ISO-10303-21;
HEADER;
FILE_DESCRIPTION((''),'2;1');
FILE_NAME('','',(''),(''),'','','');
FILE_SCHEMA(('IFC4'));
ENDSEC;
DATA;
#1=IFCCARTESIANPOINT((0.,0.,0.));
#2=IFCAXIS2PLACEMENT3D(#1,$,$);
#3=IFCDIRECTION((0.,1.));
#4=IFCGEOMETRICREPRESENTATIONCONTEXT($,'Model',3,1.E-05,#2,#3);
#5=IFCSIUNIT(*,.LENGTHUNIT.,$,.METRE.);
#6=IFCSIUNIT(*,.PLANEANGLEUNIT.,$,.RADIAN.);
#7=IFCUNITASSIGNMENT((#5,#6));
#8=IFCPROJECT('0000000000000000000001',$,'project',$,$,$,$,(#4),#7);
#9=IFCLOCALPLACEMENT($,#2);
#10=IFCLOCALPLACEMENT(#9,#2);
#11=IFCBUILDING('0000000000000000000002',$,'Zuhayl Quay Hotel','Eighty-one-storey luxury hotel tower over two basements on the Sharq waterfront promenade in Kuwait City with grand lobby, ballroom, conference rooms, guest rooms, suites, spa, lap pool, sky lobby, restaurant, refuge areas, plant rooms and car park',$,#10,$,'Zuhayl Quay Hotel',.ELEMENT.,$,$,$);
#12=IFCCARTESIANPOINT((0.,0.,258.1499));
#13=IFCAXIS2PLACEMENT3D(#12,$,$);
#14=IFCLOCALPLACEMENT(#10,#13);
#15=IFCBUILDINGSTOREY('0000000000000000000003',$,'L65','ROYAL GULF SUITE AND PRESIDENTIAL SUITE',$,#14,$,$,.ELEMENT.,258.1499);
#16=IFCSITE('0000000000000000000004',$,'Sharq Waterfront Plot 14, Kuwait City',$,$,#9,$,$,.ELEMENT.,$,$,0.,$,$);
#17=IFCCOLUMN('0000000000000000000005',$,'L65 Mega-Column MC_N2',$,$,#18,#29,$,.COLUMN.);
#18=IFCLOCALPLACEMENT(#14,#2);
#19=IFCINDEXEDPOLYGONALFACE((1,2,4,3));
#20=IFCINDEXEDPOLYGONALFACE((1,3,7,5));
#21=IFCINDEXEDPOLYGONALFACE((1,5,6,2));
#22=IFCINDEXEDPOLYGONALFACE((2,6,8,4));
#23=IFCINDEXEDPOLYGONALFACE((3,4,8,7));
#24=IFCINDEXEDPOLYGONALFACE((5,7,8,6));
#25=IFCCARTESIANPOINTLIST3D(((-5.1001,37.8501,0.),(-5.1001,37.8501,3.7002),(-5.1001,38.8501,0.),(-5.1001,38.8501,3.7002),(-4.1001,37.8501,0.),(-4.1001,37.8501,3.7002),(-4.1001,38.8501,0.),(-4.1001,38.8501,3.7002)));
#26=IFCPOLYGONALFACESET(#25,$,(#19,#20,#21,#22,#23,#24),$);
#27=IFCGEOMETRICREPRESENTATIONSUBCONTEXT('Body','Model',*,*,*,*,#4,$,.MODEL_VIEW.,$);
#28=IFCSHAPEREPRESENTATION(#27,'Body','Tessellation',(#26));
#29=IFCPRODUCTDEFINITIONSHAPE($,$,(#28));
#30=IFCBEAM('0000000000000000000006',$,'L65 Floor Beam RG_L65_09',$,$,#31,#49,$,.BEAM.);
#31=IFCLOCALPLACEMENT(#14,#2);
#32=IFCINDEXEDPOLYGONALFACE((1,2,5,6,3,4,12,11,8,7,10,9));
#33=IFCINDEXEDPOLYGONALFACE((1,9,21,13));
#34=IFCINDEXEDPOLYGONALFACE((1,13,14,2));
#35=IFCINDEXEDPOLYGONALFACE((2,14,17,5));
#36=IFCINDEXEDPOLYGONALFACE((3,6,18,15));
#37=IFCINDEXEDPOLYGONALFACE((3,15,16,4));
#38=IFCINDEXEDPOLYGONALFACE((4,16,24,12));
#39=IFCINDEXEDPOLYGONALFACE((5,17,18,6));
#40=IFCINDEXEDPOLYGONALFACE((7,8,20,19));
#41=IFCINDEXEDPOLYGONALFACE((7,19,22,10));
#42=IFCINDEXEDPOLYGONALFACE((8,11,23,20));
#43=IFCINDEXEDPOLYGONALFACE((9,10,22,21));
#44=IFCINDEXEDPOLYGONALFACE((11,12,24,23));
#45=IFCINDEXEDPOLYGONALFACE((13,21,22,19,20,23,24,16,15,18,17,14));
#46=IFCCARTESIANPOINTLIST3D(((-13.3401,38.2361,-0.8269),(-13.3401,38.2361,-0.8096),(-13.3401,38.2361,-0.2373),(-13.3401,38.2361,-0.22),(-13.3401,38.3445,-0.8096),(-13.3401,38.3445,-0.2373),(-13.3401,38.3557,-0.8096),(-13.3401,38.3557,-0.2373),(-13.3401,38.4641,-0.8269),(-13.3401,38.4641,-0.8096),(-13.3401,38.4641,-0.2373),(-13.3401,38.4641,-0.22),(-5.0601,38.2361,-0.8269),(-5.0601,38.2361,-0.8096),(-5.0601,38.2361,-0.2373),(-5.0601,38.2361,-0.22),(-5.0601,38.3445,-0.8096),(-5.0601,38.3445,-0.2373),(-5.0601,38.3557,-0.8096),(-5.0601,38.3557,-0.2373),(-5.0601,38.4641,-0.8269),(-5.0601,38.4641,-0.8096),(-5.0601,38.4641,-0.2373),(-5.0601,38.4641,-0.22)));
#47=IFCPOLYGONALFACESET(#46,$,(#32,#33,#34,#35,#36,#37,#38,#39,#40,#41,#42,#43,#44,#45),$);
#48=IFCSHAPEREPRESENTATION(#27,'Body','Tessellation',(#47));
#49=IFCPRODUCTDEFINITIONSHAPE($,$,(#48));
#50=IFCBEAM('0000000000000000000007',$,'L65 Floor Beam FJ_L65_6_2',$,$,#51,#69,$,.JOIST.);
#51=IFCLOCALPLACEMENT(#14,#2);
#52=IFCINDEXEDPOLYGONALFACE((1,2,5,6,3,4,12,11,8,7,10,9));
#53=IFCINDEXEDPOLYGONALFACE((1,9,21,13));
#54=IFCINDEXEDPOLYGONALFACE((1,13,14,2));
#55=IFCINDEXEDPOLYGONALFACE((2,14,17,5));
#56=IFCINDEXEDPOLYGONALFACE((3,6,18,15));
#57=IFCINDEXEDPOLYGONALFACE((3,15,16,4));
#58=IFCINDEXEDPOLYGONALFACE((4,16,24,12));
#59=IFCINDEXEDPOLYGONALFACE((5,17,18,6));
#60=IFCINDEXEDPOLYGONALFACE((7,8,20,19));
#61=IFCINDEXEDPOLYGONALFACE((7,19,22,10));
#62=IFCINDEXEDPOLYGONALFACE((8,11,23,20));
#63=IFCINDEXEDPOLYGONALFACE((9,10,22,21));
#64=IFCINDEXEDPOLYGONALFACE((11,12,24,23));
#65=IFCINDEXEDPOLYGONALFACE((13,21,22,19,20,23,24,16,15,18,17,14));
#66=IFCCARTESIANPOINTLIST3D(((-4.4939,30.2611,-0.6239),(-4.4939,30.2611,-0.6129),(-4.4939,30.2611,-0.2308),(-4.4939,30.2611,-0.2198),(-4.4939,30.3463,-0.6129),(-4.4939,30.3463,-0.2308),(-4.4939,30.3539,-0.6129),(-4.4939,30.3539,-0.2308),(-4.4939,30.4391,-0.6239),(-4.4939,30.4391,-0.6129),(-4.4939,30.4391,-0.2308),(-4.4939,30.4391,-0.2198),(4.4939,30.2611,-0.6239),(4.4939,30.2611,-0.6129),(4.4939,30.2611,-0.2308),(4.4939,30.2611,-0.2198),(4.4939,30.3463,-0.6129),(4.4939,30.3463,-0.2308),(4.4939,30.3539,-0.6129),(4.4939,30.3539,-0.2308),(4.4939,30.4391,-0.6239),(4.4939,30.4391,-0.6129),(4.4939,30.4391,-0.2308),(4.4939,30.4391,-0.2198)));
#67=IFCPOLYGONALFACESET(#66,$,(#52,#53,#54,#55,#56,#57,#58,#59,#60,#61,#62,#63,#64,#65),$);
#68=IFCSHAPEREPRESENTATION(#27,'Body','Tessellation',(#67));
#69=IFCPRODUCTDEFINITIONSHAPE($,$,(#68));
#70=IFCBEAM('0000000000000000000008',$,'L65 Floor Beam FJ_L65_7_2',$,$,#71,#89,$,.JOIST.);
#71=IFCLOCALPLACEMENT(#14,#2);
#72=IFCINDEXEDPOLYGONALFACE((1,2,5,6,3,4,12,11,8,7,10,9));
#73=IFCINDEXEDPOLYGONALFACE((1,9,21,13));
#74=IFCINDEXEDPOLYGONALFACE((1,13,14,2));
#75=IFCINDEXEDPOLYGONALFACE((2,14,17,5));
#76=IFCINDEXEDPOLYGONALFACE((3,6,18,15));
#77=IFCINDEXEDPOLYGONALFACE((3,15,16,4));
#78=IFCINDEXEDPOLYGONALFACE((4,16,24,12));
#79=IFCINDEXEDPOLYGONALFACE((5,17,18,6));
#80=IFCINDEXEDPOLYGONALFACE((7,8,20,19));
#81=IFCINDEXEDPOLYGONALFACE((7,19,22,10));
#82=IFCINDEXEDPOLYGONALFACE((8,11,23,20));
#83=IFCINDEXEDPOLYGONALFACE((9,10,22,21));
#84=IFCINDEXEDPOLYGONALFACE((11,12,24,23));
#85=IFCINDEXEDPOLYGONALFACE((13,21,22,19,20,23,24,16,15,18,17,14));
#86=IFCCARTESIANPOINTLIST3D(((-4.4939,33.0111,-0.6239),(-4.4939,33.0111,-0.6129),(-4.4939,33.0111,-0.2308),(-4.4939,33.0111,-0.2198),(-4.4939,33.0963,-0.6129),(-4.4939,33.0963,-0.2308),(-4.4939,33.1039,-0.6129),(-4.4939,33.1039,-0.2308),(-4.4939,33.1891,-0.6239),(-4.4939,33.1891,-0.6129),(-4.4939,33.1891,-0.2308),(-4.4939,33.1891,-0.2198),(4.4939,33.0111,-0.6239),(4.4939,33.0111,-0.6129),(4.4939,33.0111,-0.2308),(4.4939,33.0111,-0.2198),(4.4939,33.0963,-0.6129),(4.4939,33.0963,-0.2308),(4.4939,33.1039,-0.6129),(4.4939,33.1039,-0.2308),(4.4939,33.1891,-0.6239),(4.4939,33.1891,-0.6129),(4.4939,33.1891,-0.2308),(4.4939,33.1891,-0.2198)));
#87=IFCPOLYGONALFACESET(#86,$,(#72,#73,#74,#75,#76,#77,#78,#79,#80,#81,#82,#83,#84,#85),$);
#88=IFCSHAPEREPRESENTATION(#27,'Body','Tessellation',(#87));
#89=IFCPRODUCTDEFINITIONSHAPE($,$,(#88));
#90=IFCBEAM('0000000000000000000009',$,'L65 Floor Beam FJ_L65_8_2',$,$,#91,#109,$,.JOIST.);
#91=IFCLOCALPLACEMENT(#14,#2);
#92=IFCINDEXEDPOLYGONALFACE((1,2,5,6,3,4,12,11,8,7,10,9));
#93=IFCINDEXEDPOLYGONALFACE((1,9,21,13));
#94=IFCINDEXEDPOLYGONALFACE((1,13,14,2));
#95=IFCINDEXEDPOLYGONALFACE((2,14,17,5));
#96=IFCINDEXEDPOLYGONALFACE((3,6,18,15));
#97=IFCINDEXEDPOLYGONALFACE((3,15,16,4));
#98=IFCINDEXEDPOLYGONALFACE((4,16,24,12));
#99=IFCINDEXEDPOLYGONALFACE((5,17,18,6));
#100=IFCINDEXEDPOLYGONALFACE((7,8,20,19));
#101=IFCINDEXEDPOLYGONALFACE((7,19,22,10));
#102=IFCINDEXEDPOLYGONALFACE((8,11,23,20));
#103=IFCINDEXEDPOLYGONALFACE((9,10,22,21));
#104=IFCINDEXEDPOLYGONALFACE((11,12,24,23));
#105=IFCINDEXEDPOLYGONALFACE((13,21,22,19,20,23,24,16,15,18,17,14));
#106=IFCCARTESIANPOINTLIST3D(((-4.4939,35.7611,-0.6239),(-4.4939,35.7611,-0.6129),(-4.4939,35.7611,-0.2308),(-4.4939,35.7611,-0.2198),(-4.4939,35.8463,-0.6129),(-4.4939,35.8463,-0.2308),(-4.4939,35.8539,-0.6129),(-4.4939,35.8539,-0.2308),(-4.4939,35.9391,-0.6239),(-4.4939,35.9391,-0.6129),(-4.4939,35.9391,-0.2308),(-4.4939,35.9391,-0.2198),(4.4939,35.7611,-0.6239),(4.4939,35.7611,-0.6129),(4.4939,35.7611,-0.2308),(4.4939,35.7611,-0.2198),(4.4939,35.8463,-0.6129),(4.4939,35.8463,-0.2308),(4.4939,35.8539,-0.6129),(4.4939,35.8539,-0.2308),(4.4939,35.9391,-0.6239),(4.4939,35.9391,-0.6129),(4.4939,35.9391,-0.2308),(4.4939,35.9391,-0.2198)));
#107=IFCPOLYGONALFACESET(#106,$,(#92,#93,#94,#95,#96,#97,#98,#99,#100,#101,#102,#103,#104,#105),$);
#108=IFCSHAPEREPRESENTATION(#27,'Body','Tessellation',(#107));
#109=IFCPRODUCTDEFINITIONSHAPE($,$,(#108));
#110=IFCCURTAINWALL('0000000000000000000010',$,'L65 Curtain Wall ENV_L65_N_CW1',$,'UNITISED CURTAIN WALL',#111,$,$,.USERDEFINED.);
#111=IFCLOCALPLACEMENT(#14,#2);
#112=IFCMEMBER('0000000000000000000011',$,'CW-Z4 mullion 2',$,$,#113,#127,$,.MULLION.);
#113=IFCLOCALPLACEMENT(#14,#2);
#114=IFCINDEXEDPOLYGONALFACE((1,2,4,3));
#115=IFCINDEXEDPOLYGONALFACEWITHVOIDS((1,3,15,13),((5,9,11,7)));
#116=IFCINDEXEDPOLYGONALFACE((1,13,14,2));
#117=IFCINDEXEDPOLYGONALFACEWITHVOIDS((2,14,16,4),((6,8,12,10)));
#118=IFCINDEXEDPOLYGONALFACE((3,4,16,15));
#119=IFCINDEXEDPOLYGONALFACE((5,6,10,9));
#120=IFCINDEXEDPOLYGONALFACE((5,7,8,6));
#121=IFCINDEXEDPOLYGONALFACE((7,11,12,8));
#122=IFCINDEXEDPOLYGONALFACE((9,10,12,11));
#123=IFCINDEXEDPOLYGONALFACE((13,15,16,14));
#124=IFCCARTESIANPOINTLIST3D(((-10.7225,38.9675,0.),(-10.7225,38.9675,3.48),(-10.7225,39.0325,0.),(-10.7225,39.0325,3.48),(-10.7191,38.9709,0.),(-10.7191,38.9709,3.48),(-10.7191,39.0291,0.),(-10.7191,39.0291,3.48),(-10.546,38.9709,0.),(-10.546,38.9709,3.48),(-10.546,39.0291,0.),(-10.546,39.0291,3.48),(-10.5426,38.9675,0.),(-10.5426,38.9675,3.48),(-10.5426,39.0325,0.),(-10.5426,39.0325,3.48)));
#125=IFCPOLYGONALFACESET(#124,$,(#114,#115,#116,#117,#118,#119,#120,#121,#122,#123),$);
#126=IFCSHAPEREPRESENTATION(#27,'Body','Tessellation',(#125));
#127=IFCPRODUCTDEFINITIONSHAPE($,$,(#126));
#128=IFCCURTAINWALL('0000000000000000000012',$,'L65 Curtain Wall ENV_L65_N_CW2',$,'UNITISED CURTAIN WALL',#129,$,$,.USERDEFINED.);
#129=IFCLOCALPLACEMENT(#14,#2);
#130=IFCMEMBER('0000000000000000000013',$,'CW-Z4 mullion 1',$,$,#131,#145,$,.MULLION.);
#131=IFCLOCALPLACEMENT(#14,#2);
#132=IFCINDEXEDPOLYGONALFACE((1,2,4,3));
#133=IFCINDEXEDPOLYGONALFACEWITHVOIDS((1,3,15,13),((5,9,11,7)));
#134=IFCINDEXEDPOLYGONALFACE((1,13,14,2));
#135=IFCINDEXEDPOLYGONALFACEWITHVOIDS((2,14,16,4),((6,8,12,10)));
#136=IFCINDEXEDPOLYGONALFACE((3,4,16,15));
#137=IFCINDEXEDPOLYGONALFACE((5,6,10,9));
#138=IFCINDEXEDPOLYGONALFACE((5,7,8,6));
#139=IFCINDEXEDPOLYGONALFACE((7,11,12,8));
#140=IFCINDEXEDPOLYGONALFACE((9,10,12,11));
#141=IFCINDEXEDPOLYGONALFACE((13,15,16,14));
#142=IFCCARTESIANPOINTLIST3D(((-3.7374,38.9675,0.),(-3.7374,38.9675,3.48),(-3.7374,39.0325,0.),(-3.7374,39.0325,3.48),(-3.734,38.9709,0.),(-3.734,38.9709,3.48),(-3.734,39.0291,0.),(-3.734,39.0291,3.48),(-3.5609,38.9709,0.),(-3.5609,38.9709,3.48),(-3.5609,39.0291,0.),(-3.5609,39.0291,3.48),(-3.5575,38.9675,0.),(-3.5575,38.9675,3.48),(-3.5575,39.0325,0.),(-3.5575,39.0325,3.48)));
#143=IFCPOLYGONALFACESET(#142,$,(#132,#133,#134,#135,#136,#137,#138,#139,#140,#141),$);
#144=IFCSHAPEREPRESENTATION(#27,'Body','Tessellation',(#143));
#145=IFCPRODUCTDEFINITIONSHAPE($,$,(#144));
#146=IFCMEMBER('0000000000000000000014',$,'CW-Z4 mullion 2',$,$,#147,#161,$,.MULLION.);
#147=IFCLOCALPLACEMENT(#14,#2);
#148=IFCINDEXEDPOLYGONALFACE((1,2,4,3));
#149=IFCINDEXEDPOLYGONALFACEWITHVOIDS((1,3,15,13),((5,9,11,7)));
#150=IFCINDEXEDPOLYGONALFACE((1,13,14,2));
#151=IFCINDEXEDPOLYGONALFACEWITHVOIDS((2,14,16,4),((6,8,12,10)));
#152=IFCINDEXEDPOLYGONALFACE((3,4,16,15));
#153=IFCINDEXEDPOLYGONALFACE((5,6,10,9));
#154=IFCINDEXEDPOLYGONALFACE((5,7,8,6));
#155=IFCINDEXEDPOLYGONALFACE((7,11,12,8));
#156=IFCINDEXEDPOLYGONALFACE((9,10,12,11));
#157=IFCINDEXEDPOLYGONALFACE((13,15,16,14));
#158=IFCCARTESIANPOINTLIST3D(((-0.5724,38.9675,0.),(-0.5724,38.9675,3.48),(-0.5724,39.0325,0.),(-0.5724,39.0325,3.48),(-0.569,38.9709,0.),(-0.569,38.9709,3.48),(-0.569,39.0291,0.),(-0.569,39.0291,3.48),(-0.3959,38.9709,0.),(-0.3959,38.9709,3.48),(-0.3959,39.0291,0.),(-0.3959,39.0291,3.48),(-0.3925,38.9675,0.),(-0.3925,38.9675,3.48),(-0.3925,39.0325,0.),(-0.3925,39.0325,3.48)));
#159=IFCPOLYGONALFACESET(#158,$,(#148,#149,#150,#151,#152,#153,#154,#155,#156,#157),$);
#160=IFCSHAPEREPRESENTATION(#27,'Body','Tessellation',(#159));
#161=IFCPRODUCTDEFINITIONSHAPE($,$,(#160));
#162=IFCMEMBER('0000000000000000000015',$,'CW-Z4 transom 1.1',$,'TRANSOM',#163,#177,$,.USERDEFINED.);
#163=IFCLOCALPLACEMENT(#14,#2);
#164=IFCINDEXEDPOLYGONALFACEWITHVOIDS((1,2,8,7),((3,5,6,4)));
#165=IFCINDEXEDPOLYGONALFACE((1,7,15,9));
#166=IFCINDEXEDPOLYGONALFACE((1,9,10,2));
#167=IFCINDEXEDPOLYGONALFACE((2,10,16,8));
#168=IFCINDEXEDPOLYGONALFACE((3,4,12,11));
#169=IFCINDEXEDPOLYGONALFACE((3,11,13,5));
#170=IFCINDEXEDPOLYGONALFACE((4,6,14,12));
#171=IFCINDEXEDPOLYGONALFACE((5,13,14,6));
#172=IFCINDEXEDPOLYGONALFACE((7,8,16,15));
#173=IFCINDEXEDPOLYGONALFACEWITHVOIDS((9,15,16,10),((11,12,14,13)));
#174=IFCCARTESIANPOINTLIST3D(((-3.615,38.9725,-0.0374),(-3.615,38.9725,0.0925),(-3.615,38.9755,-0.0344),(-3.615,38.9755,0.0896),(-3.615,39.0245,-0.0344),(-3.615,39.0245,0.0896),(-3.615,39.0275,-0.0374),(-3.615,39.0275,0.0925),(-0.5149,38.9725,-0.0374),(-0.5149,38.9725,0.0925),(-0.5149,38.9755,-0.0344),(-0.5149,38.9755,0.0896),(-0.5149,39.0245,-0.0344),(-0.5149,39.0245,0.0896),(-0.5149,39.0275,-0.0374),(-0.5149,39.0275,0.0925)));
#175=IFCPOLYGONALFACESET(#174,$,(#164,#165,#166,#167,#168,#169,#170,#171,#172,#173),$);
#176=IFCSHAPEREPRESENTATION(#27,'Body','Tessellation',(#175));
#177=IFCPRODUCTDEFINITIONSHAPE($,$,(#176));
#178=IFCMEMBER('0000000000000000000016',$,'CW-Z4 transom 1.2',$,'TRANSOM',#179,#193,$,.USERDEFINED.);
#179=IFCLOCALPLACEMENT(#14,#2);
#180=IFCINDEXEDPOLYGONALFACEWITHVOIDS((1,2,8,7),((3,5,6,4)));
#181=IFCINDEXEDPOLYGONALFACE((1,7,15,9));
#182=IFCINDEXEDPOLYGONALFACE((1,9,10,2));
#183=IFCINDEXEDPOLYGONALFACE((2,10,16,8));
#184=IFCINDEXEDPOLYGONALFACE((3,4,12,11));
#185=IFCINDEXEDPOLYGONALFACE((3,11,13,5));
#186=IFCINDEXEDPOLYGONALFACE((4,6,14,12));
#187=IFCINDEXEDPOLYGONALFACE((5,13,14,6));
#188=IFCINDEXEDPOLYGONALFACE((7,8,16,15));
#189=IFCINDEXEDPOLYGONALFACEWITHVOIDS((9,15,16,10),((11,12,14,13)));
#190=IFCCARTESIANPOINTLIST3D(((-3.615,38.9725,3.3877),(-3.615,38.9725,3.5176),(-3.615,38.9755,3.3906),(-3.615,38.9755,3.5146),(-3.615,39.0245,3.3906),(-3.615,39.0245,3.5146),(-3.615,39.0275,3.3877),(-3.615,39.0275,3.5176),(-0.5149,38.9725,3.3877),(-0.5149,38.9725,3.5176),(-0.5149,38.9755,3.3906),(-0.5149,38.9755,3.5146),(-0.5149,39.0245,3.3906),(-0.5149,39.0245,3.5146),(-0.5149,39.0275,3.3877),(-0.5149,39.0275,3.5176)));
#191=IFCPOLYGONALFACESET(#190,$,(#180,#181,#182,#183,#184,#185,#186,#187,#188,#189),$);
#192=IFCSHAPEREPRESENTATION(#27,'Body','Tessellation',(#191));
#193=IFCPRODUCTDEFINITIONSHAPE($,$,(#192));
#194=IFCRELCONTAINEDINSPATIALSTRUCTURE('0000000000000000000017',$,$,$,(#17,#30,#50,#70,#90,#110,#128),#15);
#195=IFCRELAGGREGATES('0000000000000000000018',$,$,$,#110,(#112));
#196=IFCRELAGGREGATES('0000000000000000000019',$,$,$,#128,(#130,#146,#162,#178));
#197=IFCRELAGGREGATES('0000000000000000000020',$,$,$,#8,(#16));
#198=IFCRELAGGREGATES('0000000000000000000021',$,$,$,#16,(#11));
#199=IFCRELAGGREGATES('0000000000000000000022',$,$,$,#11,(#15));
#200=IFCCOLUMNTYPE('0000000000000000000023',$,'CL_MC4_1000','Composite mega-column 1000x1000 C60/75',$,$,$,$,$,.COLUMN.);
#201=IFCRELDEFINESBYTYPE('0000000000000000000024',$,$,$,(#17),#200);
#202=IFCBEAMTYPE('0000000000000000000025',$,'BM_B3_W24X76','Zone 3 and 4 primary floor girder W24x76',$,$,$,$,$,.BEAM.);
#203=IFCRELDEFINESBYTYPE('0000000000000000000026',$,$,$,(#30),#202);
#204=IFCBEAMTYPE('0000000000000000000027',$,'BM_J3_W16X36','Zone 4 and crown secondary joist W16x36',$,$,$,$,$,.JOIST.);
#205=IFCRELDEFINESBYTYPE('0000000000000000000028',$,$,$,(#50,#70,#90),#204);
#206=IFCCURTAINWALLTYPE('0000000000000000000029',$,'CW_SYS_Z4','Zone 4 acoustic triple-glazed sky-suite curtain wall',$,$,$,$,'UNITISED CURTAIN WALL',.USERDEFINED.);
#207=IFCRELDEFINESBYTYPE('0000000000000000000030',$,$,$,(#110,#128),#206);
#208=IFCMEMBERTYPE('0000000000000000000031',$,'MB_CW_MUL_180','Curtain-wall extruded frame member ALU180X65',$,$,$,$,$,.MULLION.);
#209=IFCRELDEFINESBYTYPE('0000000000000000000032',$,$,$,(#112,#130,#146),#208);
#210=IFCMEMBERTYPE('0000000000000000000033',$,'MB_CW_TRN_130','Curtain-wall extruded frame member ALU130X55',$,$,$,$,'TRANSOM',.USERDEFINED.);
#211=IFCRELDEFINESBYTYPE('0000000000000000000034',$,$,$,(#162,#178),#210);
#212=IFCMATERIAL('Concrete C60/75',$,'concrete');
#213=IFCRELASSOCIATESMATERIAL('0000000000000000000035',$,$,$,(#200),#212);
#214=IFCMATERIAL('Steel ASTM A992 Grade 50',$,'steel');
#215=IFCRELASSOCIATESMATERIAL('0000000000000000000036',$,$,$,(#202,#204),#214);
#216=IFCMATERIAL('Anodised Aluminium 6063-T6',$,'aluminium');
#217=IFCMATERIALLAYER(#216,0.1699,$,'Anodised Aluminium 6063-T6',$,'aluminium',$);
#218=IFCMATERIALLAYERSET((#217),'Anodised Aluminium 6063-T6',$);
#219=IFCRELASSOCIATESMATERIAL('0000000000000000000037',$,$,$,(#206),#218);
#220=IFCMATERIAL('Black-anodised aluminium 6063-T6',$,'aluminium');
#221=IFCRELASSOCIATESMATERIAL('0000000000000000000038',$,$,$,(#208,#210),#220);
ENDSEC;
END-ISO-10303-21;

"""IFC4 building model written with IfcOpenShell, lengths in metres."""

from ifc_helpers import new_model, si_unit, direction, frame, origin, origin_2d, place, context, subcontext, project, spatial, rectangle, hollow_rectangle, i_section, extrude, material, layer, layer_set, material_profile, profile_set, type_object, element, aggregate, save


model = new_model("IFC4")

# Units and contexts
model_context = context("Model", 3, precision=1e-05, world=origin(), true_north=direction((0.0, 1.0)))
body_context = subcontext(model_context, "Body", "Model", "MODEL_VIEW")
ifc_project = project(units=[si_unit("LENGTHUNIT", "METRE"), si_unit("PLANEANGLEUNIT", "RADIAN")], contexts=[model_context])

# Site, building, storey
site_placement = place(None, origin())
site = spatial("IfcSite", under=ifc_project, at=site_placement, Name="Sharq Waterfront Plot 14, Kuwait City", CompositionType="ELEMENT", RefElevation=0.0)
building_placement = place(site_placement, origin())
building = spatial("IfcBuilding", under=site, at=building_placement, Name="Zuhayl Quay Hotel", Description="Eighty-one-storey luxury hotel tower over two basements on the Sharq waterfront promenade in Kuwait City with grand lobby, ballroom, conference rooms, guest rooms, suites, spa, lap pool, sky lobby, restaurant, refuge areas, plant rooms and car park", LongName="Zuhayl Quay Hotel", CompositionType="ELEMENT")
storey_placement = place(building_placement, frame((0.0, 0.0, 258.1499)))
storey = spatial("IfcBuildingStorey", under=building, at=storey_placement, Name="L65", Description="ROYAL GULF SUITE AND PRESIDENTIAL SUITE", CompositionType="ELEMENT", Elevation=258.1499)

# Column
ifc_material_1 = material(Name="Concrete C60/75", Category="concrete")
ifc_material_profile_1 = material_profile(ifc_material_1, rectangle(XDim=1.0, YDim=1.0, at=origin_2d()), Name="RC1000X1000")
ifc_profile_set_1 = profile_set([ifc_material_profile_1], Name="Concrete C60/75")
column_type = type_object("IfcColumnType", Name="CL_MC4_1000", Description="Composite mega-column 1000x1000 C60/75", PredefinedType="COLUMN", material=ifc_profile_set_1)
column_placement = place(storey_placement, frame((-4.6001, 38.3501, 0.0), z_axis=(0.0, 0.0, 1.0), x_axis=(1.0, 0.0, 0.0)))
element("IfcColumn", 1, at=column_placement, inside=storey, type_object=column_type, Name="L65 Mega-Column MC_N2", PredefinedType="COLUMN", context=body_context, shape_type="SweptSolid", body=[
    extrude(rectangle(XDim=1.0, YDim=1.0, at=origin_2d()), origin(), (0.0, 0.0, 1.0), 3.7002),
])

# Beams
ifc_material_2 = material(Name="Steel ASTM A992 Grade 50", Category="steel")
ifc_material_profile_2 = material_profile(ifc_material_2, i_section(OverallWidth=0.228, OverallDepth=0.6069, WebThickness=0.0112, FlangeThickness=0.0173, at=origin_2d()), Name="W24X76")
ifc_profile_set_2 = profile_set([ifc_material_profile_2], Name="Steel ASTM A992 Grade 50")
beam_type_1 = type_object("IfcBeamType", Name="BM_B3_W24X76", Description="Zone 3 and 4 primary floor girder W24x76", PredefinedType="BEAM", material=ifc_profile_set_2)
beam_placement = place(storey_placement, frame((-5.0601, 38.3501, -0.5234), z_axis=(-1.0, 0.0, 0.0), x_axis=(0.0, -1.0, 0.0)))
element("IfcBeam", 2, at=beam_placement, inside=storey, type_object=beam_type_1, Name="L65 Floor Beam RG_L65_09", PredefinedType="BEAM", context=body_context, shape_type="SweptSolid", body=[
    extrude(i_section(OverallWidth=0.228, OverallDepth=0.6069, WebThickness=0.0112, FlangeThickness=0.0173, at=origin_2d()), origin(), (0.0, 0.0, 1.0), 8.28),
])
ifc_material_profile_3 = material_profile(ifc_material_2, i_section(OverallWidth=0.178, OverallDepth=0.4041, WebThickness=0.0076, FlangeThickness=0.011, at=origin_2d()), Name="W16X36")
ifc_profile_set_3 = profile_set([ifc_material_profile_3], Name="Steel ASTM A992 Grade 50")
beam_type_2 = type_object("IfcBeamType", Name="BM_J3_W16X36", Description="Zone 4 and crown secondary joist W16x36", PredefinedType="JOIST", material=ifc_profile_set_3)
for number, where, z_axis, x_axis, name in (
    (3, (-4.4939, 30.3501, -0.4219), (1.0, 0.0, 0.0), (0.0, 1.0, 0.0), "L65 Floor Beam FJ_L65_6_2"),
    (4, (-4.4939, 33.1001, -0.4219), (1.0, 0.0, 0.0), (0.0, 1.0, 0.0), "L65 Floor Beam FJ_L65_7_2"),
    (5, (-4.4939, 35.8501, -0.4219), (1.0, 0.0, 0.0), (0.0, 1.0, 0.0), "L65 Floor Beam FJ_L65_8_2"),
):
    element("IfcBeam", number, at=place(storey_placement, frame(where, z_axis=z_axis, x_axis=x_axis)), inside=storey, type_object=beam_type_2, Name=name, PredefinedType="JOIST", context=body_context, shape_type="SweptSolid", body=[
        extrude(i_section(OverallWidth=0.178, OverallDepth=0.4041, WebThickness=0.0076, FlangeThickness=0.011, at=origin_2d()), origin(), (0.0, 0.0, 1.0), 8.9878),
    ])

# Curtain wall, member
ifc_material_3 = material(Name="Anodised Aluminium 6063-T6", Category="aluminium")
ifc_layer_1 = layer(ifc_material_3, 0.1699, Name="Anodised Aluminium 6063-T6", Category="aluminium")
ifc_layer_set_1 = layer_set([ifc_layer_1], Name="Anodised Aluminium 6063-T6")
curtain_wall_type = type_object("IfcCurtainWallType", Name="CW_SYS_Z4", Description="Zone 4 acoustic triple-glazed sky-suite curtain wall", ElementType="UNITISED CURTAIN WALL", PredefinedType="USERDEFINED", material=ifc_layer_set_1)
curtain_wall_1_placement = place(storey_placement, origin())
curtain_wall_1 = element("IfcCurtainWall", 6, at=curtain_wall_1_placement, inside=storey, type_object=curtain_wall_type, Name="L65 Curtain Wall ENV_L65_N_CW1", ObjectType="UNITISED CURTAIN WALL", PredefinedType="USERDEFINED")
ifc_material_4 = material(Name="Black-anodised aluminium 6063-T6", Category="aluminium")
ifc_material_profile_4 = material_profile(ifc_material_4, hollow_rectangle(XDim=0.0649, YDim=0.1799, WallThickness=0.0034, at=origin_2d()), Name="ALU180X65")
ifc_profile_set_4 = profile_set([ifc_material_profile_4], Name="Black-anodised aluminium 6063-T6")
member_type_1 = type_object("IfcMemberType", Name="MB_CW_MUL_180", Description="Curtain-wall extruded frame member ALU180X65", PredefinedType="MULLION", material=ifc_profile_set_4)
member_1_placement = place(storey_placement, frame((-10.6326, 39.0, 0.0), z_axis=(0.0, 0.0, 1.0), x_axis=(0.0, 1.0, 0.0)))
member_1 = element("IfcMember", 7, at=member_1_placement, type_object=member_type_1, Name="CW-Z4 mullion 2", PredefinedType="MULLION", context=body_context, shape_type="SweptSolid", body=[
    extrude(hollow_rectangle(XDim=0.0649, YDim=0.1799, WallThickness=0.0034, at=origin_2d()), origin(), (0.0, 0.0, 1.0), 3.48),
])

# Curtain wall, members
curtain_wall_2_placement = place(storey_placement, origin())
curtain_wall_2 = element("IfcCurtainWall", 8, at=curtain_wall_2_placement, inside=storey, type_object=curtain_wall_type, Name="L65 Curtain Wall ENV_L65_N_CW2", ObjectType="UNITISED CURTAIN WALL", PredefinedType="USERDEFINED")
member_2_placement = place(storey_placement, frame((-3.6475, 39.0, 0.0), z_axis=(0.0, 0.0, 1.0), x_axis=(0.0, 1.0, 0.0)))
member_2 = element("IfcMember", 9, at=member_2_placement, type_object=member_type_1, Name="CW-Z4 mullion 1", PredefinedType="MULLION", context=body_context, shape_type="SweptSolid", body=[
    extrude(hollow_rectangle(XDim=0.0649, YDim=0.1799, WallThickness=0.0034, at=origin_2d()), origin(), (0.0, 0.0, 1.0), 3.48),
])
member_3_placement = place(storey_placement, frame((-0.4824, 39.0, 0.0), z_axis=(0.0, 0.0, 1.0), x_axis=(0.0, 1.0, 0.0)))
member_3 = element("IfcMember", 10, at=member_3_placement, type_object=member_type_1, Name="CW-Z4 mullion 2", PredefinedType="MULLION", context=body_context, shape_type="SweptSolid", body=[
    extrude(hollow_rectangle(XDim=0.0649, YDim=0.1799, WallThickness=0.0034, at=origin_2d()), origin(), (0.0, 0.0, 1.0), 3.48),
])
ifc_material_profile_5 = material_profile(ifc_material_4, hollow_rectangle(XDim=0.0549, YDim=0.1299, WallThickness=0.0029, at=origin_2d()), Name="ALU130X55")
ifc_profile_set_5 = profile_set([ifc_material_profile_5], Name="Black-anodised aluminium 6063-T6")
member_type_2 = type_object("IfcMemberType", Name="MB_CW_TRN_130", Description="Curtain-wall extruded frame member ALU130X55", ElementType="TRANSOM", PredefinedType="USERDEFINED", material=ifc_profile_set_5)
member_4_placement = place(storey_placement, frame((-3.615, 39.0, 0.0276), z_axis=(1.0, 0.0, 0.0), x_axis=(0.0, 1.0, 0.0)))
member_4 = element("IfcMember", 11, at=member_4_placement, type_object=member_type_2, Name="CW-Z4 transom 1.1", ObjectType="TRANSOM", PredefinedType="USERDEFINED", context=body_context, shape_type="SweptSolid", body=[
    extrude(hollow_rectangle(XDim=0.0549, YDim=0.1299, WallThickness=0.0029, at=origin_2d()), origin(), (0.0, 0.0, 1.0), 3.1001),
])
member_5_placement = place(storey_placement, frame((-3.615, 39.0, 3.4526), z_axis=(1.0, 0.0, 0.0), x_axis=(0.0, 1.0, 0.0)))
member_5 = element("IfcMember", 12, at=member_5_placement, type_object=member_type_2, Name="CW-Z4 transom 1.2", ObjectType="TRANSOM", PredefinedType="USERDEFINED", context=body_context, shape_type="SweptSolid", body=[
    extrude(hollow_rectangle(XDim=0.0549, YDim=0.1299, WallThickness=0.0029, at=origin_2d()), origin(), (0.0, 0.0, 1.0), 3.1001),
])

aggregate(curtain_wall_1, [member_1])
aggregate(curtain_wall_2, [member_2, member_3, member_4, member_5])

save(model, "model.ifc")
